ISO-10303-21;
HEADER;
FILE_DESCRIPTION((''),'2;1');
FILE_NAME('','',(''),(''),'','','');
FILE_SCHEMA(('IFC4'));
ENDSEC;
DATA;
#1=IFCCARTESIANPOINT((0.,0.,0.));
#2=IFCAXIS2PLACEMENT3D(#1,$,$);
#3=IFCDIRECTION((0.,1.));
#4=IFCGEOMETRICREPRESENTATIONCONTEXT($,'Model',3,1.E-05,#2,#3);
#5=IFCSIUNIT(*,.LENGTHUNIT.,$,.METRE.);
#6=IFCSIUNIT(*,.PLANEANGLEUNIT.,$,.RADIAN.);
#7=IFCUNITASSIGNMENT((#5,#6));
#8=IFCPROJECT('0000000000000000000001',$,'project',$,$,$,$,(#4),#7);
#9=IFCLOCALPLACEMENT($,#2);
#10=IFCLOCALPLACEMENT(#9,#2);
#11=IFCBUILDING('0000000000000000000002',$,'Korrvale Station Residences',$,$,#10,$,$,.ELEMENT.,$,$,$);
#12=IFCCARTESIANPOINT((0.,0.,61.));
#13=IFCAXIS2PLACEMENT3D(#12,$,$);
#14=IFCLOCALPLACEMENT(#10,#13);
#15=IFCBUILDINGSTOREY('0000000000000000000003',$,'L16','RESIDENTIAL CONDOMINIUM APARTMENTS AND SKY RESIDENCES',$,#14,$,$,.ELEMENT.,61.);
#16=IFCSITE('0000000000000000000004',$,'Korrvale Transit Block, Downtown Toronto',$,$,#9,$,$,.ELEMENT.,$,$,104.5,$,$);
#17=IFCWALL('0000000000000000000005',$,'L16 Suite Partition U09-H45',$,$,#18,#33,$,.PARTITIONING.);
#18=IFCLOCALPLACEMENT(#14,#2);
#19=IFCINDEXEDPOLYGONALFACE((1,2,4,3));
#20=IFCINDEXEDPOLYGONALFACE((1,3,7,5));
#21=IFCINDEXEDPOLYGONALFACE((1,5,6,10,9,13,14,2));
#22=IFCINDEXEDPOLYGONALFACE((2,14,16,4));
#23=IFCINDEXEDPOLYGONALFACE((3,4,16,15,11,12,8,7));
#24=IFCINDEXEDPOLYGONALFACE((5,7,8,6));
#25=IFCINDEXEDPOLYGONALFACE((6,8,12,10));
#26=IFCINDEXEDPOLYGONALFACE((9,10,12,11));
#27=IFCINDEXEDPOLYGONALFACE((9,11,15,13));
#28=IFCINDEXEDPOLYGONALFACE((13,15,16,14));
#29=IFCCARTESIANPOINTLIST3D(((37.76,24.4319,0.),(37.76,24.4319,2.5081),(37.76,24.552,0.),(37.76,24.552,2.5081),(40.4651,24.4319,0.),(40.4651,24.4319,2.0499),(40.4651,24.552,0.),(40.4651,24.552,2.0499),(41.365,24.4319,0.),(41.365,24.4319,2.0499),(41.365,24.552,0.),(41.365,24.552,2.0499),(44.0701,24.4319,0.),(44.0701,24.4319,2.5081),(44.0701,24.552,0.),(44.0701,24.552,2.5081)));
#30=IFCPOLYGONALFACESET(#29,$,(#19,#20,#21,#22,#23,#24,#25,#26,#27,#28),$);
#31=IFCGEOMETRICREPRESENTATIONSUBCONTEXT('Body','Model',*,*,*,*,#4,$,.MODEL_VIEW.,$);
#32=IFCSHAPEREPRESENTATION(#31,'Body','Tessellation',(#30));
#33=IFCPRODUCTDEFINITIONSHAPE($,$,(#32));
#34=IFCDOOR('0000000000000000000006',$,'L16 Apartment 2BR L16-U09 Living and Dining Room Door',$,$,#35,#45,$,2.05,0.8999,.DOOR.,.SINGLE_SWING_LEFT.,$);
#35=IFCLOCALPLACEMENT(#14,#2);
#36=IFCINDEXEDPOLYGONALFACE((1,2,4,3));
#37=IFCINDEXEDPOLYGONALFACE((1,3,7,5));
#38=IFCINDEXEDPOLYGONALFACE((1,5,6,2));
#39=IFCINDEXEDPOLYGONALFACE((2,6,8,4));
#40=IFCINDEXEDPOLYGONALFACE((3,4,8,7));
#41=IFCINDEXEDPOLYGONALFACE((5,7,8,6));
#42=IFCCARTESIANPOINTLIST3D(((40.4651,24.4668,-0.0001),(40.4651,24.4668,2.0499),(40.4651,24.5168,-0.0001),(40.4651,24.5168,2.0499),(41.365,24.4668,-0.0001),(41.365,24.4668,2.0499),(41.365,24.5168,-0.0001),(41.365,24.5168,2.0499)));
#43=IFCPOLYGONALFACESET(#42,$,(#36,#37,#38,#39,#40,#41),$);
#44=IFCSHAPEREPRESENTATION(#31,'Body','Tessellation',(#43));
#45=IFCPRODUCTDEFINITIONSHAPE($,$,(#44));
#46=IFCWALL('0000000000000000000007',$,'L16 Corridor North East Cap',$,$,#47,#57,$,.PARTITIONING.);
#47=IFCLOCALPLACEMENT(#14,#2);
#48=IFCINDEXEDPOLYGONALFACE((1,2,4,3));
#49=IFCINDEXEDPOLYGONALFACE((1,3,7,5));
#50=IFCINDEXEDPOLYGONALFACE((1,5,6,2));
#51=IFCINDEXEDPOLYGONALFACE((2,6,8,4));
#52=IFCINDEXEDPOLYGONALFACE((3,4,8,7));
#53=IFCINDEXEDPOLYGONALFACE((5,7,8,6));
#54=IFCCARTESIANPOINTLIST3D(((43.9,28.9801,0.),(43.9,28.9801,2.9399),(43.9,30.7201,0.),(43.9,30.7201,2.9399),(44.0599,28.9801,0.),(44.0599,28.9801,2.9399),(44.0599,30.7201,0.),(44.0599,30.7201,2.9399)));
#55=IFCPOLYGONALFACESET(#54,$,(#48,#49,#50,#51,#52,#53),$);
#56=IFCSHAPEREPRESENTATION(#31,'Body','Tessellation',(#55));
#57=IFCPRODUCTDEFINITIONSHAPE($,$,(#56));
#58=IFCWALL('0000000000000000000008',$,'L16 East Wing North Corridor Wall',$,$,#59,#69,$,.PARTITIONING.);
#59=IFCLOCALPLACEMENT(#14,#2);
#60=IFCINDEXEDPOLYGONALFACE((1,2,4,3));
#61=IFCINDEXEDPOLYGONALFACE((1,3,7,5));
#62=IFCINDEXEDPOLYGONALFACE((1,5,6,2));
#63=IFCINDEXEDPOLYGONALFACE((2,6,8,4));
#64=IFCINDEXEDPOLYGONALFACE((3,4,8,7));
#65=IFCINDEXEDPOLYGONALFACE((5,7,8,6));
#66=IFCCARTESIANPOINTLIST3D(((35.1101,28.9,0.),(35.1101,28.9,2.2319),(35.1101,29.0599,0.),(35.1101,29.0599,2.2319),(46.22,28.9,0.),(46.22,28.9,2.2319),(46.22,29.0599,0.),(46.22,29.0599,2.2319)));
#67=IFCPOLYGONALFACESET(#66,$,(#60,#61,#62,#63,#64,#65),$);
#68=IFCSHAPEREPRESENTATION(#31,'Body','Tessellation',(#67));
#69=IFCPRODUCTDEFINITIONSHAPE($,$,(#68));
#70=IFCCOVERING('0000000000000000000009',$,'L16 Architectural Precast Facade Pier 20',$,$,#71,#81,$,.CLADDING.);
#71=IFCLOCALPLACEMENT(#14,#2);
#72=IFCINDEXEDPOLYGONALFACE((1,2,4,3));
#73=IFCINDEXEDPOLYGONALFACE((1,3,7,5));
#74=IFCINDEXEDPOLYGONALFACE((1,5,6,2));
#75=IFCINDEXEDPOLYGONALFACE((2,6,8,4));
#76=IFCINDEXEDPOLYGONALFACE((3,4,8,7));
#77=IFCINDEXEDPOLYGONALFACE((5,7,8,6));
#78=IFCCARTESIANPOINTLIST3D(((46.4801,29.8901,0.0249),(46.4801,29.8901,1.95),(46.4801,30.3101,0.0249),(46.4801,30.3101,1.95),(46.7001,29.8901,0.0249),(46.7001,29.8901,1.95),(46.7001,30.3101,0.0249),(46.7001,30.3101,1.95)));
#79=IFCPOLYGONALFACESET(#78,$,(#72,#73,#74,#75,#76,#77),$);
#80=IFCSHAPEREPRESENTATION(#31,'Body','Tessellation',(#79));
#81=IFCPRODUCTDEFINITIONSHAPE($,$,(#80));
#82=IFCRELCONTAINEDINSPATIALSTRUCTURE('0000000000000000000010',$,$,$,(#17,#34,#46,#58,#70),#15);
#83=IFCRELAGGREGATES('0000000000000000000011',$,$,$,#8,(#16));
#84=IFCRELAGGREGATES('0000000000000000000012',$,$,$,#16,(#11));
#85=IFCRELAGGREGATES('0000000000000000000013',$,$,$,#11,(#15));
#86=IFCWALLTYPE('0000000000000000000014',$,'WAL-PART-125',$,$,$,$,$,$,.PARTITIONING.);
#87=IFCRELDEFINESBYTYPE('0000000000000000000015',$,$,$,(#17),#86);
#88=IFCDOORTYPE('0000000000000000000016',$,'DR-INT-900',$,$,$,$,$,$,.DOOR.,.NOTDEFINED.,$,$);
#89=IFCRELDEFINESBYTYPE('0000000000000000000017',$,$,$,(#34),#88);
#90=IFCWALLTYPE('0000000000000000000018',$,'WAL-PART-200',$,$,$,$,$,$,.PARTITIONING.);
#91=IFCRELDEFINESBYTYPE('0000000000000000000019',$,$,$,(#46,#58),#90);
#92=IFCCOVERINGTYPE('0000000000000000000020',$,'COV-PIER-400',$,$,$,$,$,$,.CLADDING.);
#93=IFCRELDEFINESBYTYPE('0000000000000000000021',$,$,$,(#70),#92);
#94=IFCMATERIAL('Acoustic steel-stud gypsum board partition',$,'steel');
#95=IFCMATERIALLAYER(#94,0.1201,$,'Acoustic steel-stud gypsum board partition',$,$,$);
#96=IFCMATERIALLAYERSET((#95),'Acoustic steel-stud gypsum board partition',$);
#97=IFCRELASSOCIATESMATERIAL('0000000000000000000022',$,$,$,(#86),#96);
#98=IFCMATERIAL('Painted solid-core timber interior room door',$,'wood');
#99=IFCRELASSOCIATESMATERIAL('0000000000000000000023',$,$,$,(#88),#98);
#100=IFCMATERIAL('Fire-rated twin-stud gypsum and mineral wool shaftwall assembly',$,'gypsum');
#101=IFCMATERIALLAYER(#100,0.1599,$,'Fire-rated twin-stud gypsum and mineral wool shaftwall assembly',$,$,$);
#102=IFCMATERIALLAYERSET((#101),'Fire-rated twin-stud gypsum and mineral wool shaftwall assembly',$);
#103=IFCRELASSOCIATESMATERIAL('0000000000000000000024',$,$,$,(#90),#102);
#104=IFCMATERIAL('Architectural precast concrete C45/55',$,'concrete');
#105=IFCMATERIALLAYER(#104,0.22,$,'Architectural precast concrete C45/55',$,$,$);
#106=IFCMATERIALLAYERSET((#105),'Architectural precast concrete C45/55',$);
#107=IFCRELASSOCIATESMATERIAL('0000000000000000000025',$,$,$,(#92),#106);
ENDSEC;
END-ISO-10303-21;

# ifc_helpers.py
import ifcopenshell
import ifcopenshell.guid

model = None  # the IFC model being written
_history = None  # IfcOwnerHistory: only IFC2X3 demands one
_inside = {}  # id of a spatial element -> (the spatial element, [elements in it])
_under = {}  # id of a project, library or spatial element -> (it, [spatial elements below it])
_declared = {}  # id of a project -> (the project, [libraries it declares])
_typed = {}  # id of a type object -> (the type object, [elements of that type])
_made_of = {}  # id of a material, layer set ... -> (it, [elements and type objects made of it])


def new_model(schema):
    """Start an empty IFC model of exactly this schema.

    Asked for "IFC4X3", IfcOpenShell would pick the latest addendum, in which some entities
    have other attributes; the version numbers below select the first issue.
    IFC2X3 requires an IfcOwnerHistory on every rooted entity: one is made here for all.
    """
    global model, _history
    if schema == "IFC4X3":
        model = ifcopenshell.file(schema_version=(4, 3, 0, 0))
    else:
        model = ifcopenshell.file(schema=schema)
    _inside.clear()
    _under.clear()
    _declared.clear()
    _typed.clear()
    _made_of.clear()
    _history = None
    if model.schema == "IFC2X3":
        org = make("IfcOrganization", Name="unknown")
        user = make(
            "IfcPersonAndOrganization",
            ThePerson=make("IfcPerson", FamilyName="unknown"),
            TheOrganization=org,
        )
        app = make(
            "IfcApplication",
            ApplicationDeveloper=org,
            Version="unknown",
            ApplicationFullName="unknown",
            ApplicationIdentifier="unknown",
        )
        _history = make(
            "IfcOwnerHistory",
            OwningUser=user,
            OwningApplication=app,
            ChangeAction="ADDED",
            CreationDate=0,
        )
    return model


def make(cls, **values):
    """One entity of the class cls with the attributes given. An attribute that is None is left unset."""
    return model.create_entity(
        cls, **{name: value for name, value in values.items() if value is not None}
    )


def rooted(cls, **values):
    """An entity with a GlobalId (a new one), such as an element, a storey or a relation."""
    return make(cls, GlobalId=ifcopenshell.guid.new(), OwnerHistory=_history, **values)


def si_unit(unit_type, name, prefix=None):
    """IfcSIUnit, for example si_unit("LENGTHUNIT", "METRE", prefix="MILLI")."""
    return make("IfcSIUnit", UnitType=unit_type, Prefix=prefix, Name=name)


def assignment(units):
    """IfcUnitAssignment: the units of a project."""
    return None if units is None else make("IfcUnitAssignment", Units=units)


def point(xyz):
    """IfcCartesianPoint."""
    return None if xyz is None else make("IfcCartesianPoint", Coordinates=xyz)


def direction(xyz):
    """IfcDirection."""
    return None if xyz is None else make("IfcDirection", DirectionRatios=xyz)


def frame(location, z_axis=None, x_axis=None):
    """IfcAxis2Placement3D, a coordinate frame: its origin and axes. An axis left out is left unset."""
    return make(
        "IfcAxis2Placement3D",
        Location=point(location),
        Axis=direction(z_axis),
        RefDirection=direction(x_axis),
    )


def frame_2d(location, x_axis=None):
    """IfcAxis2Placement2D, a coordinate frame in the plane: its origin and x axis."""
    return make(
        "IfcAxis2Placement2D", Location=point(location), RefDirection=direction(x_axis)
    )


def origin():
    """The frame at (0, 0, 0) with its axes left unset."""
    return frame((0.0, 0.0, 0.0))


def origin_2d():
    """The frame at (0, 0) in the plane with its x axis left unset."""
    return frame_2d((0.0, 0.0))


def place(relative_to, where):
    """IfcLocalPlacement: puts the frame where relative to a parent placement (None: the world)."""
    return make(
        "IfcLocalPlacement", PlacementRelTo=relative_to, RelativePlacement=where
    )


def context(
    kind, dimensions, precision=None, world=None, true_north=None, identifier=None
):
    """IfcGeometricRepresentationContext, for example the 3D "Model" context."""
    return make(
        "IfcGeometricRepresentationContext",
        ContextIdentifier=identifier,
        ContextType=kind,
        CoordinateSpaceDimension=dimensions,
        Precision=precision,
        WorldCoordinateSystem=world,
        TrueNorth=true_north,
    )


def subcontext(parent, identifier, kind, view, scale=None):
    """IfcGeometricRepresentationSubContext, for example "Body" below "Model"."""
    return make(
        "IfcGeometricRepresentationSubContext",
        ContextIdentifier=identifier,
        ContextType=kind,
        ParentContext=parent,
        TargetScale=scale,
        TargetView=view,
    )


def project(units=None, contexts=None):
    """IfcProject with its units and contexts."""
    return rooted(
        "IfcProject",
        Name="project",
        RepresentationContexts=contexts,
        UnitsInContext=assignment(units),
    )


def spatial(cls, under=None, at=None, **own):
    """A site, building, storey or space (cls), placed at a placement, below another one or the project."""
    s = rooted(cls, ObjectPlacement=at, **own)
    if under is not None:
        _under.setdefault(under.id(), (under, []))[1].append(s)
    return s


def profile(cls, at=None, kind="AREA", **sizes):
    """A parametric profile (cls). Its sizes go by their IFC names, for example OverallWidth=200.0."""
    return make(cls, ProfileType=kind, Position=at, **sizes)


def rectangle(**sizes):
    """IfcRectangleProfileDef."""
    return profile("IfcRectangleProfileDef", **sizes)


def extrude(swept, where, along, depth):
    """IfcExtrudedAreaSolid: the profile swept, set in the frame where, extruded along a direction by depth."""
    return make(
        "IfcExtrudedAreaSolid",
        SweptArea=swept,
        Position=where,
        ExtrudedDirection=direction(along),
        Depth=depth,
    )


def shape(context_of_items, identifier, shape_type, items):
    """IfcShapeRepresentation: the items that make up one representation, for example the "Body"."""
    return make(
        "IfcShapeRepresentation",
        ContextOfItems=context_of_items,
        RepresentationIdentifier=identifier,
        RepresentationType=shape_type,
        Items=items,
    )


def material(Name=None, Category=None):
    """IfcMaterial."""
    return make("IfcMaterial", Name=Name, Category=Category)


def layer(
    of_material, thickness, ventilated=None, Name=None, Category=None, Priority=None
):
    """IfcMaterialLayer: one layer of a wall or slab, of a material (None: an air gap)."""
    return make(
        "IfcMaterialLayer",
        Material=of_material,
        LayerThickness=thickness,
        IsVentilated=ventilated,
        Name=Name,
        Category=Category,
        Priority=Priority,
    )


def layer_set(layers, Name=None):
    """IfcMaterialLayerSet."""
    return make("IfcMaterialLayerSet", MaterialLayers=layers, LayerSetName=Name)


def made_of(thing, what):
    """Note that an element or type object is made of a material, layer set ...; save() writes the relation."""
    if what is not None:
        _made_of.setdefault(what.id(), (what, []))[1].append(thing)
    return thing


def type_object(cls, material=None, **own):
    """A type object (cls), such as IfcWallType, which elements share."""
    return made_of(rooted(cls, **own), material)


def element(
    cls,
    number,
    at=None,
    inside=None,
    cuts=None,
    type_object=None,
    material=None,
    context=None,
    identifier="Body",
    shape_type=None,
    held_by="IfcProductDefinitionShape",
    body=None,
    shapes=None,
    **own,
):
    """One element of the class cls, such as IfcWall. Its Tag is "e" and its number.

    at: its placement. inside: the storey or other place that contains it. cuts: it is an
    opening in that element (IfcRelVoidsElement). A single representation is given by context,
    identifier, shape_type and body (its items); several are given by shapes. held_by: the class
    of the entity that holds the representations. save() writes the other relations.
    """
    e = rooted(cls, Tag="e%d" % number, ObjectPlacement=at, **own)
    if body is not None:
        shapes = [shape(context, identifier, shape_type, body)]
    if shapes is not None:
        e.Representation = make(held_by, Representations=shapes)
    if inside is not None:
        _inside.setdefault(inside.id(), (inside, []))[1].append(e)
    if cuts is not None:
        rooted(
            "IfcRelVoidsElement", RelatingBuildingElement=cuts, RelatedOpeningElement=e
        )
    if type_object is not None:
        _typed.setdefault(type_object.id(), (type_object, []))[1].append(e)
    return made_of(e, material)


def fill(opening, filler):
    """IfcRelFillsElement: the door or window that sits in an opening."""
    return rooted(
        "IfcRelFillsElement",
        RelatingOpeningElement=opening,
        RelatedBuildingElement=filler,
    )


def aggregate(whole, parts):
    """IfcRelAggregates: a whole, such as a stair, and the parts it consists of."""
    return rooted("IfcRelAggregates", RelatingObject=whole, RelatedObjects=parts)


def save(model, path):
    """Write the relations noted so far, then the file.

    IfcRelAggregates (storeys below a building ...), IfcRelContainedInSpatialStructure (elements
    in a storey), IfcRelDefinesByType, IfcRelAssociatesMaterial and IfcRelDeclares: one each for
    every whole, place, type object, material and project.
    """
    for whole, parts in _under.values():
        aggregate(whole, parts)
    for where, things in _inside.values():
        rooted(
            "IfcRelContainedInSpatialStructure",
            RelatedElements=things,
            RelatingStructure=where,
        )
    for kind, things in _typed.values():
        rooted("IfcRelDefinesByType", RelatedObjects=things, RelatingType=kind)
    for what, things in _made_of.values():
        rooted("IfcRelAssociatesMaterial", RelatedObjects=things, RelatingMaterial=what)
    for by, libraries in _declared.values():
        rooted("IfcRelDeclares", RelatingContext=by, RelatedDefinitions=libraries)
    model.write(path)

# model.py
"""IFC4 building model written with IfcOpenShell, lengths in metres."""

from ifc_helpers import new_model, si_unit, direction, frame, frame_2d, origin, origin_2d, place, context, subcontext, project, spatial, rectangle, extrude, material, layer, layer_set, type_object, element, fill, save


model = new_model("IFC4")

# Units and contexts
model_context = context("Model", 3, precision=1e-05, world=origin(), true_north=direction((0.0, 1.0)))
body_context = subcontext(model_context, "Body", "Model", "MODEL_VIEW")
ifc_project = project(units=[si_unit("LENGTHUNIT", "METRE"), si_unit("PLANEANGLEUNIT", "RADIAN")], contexts=[model_context])

# Site, building, storey
site_placement = place(None, origin())
site = spatial("IfcSite", under=ifc_project, at=site_placement, Name="Korrvale Transit Block, Downtown Toronto", CompositionType="ELEMENT", RefElevation=104.5)
building_placement = place(site_placement, origin())
building = spatial("IfcBuilding", under=site, at=building_placement, Name="Korrvale Station Residences", CompositionType="ELEMENT")
storey_placement = place(building_placement, frame((0.0, 0.0, 61.0)))
storey = spatial("IfcBuildingStorey", under=building, at=storey_placement, Name="L16", Description="RESIDENTIAL CONDOMINIUM APARTMENTS AND SKY RESIDENCES", CompositionType="ELEMENT", Elevation=61.0)

# Wall, opening, door
ifc_material_1 = material(Name="Acoustic steel-stud gypsum board partition", Category="steel")
ifc_layer_1 = layer(ifc_material_1, 0.1201, Name="Acoustic steel-stud gypsum board partition")
ifc_layer_set_1 = layer_set([ifc_layer_1], Name="Acoustic steel-stud gypsum board partition")
wall_type_1 = type_object("IfcWallType", Name="WAL-PART-125", PredefinedType="PARTITIONING", material=ifc_layer_set_1)
ifc_material_2 = material(Name="Painted solid-core timber interior room door", Category="wood")
door_type_1 = type_object("IfcDoorType", Name="DR-INT-900", OperationType="NOTDEFINED", PredefinedType="DOOR", material=ifc_material_2)
wall_1_placement = place(storey_placement, frame((37.76, 24.4919, 0.0), z_axis=(0.0, 0.0, 1.0), x_axis=(1.0, 0.0, 0.0)))
wall_1 = element("IfcWall", 1, at=wall_1_placement, inside=storey, type_object=wall_type_1, Name="L16 Suite Partition U09-H45", PredefinedType="PARTITIONING", context=body_context, shape_type="SweptSolid", body=[
    extrude(rectangle(XDim=6.3101, YDim=0.1201, at=frame_2d((3.155, 0.0))), origin(), (0.0, 0.0, 1.0), 2.5081),
])
opening_1_placement = place(wall_1_placement, frame((2.7051, 0.0, 0.0)))
opening_1 = element("IfcOpeningElement", 2, at=opening_1_placement, cuts=wall_1, PredefinedType="OPENING", context=body_context, shape_type="SweptSolid", body=[
    extrude(rectangle(XDim=0.8999, YDim=2.05, at=frame_2d((0.45, 1.0249))), frame((0.0, 0.0701, 0.0), z_axis=(0.0, -1.0, 0.0), x_axis=(1.0, 0.0, 0.0)), (0.0, 0.0, 1.0), 0.1401),
])
door_1_placement = place(opening_1_placement, origin())
door_1 = element("IfcDoor", 3, at=door_1_placement, inside=storey, type_object=door_type_1, Name="L16 Apartment 2BR L16-U09 Living and Dining Room Door", OperationType="SINGLE_SWING_LEFT", OverallHeight=2.05, OverallWidth=0.8999, PredefinedType="DOOR", context=body_context, shape_type="SweptSolid", body=[
    extrude(rectangle(XDim=0.8999, YDim=2.05, at=frame_2d((0.45, 1.0249))), frame((0.0, 0.0249, 0.0), z_axis=(0.0, -1.0, 0.0), x_axis=(1.0, 0.0, 0.0)), (0.0, 0.0, 1.0), 0.05),
])
fill(opening_1, door_1)

# Walls
ifc_material_3 = material(Name="Fire-rated twin-stud gypsum and mineral wool shaftwall assembly", Category="gypsum")
ifc_layer_2 = layer(ifc_material_3, 0.1599, Name="Fire-rated twin-stud gypsum and mineral wool shaftwall assembly")
ifc_layer_set_2 = layer_set([ifc_layer_2], Name="Fire-rated twin-stud gypsum and mineral wool shaftwall assembly")
wall_type_2 = type_object("IfcWallType", Name="WAL-PART-200", PredefinedType="PARTITIONING", material=ifc_layer_set_2)
wall_2_placement = place(storey_placement, frame((43.98, 28.98, 0.0), z_axis=(0.0, 0.0, 1.0), x_axis=(0.0, 1.0, 0.0)))
element("IfcWall", 4, at=wall_2_placement, inside=storey, type_object=wall_type_2, Name="L16 Corridor North East Cap", PredefinedType="PARTITIONING", context=body_context, shape_type="SweptSolid", body=[
    extrude(rectangle(XDim=1.74, YDim=0.1599, at=frame_2d((0.8701, 0.0))), origin(), (0.0, 0.0, 1.0), 2.9399),
])
wall_3_placement = place(storey_placement, frame((35.1101, 28.98, 0.0), z_axis=(0.0, 0.0, 1.0), x_axis=(1.0, 0.0, 0.0)))
element("IfcWall", 5, at=wall_3_placement, inside=storey, type_object=wall_type_2, Name="L16 East Wing North Corridor Wall", PredefinedType="PARTITIONING", context=body_context, shape_type="SweptSolid", body=[
    extrude(rectangle(XDim=11.1099, YDim=0.1599, at=frame_2d((5.5549, 0.0))), origin(), (0.0, 0.0, 1.0), 2.2319),
])

# Covering
ifc_material_4 = material(Name="Architectural precast concrete C45/55", Category="concrete")
ifc_layer_3 = layer(ifc_material_4, 0.22, Name="Architectural precast concrete C45/55")
ifc_layer_set_3 = layer_set([ifc_layer_3], Name="Architectural precast concrete C45/55")
covering_type = type_object("IfcCoveringType", Name="COV-PIER-400", PredefinedType="CLADDING", material=ifc_layer_set_3)
covering_placement = place(storey_placement, frame((46.5901, 30.1001, 0.0249), z_axis=(0.0, 0.0, 1.0), x_axis=(0.0, 1.0, 0.0)))
element("IfcCovering", 6, at=covering_placement, inside=storey, type_object=covering_type, Name="L16 Architectural Precast Facade Pier 20", PredefinedType="CLADDING", context=body_context, shape_type="SweptSolid", body=[
    extrude(rectangle(XDim=0.4199, YDim=0.22, at=origin_2d()), origin(), (0.0, 0.0, 1.0), 1.925),
])

save(model, "model.ifc")
